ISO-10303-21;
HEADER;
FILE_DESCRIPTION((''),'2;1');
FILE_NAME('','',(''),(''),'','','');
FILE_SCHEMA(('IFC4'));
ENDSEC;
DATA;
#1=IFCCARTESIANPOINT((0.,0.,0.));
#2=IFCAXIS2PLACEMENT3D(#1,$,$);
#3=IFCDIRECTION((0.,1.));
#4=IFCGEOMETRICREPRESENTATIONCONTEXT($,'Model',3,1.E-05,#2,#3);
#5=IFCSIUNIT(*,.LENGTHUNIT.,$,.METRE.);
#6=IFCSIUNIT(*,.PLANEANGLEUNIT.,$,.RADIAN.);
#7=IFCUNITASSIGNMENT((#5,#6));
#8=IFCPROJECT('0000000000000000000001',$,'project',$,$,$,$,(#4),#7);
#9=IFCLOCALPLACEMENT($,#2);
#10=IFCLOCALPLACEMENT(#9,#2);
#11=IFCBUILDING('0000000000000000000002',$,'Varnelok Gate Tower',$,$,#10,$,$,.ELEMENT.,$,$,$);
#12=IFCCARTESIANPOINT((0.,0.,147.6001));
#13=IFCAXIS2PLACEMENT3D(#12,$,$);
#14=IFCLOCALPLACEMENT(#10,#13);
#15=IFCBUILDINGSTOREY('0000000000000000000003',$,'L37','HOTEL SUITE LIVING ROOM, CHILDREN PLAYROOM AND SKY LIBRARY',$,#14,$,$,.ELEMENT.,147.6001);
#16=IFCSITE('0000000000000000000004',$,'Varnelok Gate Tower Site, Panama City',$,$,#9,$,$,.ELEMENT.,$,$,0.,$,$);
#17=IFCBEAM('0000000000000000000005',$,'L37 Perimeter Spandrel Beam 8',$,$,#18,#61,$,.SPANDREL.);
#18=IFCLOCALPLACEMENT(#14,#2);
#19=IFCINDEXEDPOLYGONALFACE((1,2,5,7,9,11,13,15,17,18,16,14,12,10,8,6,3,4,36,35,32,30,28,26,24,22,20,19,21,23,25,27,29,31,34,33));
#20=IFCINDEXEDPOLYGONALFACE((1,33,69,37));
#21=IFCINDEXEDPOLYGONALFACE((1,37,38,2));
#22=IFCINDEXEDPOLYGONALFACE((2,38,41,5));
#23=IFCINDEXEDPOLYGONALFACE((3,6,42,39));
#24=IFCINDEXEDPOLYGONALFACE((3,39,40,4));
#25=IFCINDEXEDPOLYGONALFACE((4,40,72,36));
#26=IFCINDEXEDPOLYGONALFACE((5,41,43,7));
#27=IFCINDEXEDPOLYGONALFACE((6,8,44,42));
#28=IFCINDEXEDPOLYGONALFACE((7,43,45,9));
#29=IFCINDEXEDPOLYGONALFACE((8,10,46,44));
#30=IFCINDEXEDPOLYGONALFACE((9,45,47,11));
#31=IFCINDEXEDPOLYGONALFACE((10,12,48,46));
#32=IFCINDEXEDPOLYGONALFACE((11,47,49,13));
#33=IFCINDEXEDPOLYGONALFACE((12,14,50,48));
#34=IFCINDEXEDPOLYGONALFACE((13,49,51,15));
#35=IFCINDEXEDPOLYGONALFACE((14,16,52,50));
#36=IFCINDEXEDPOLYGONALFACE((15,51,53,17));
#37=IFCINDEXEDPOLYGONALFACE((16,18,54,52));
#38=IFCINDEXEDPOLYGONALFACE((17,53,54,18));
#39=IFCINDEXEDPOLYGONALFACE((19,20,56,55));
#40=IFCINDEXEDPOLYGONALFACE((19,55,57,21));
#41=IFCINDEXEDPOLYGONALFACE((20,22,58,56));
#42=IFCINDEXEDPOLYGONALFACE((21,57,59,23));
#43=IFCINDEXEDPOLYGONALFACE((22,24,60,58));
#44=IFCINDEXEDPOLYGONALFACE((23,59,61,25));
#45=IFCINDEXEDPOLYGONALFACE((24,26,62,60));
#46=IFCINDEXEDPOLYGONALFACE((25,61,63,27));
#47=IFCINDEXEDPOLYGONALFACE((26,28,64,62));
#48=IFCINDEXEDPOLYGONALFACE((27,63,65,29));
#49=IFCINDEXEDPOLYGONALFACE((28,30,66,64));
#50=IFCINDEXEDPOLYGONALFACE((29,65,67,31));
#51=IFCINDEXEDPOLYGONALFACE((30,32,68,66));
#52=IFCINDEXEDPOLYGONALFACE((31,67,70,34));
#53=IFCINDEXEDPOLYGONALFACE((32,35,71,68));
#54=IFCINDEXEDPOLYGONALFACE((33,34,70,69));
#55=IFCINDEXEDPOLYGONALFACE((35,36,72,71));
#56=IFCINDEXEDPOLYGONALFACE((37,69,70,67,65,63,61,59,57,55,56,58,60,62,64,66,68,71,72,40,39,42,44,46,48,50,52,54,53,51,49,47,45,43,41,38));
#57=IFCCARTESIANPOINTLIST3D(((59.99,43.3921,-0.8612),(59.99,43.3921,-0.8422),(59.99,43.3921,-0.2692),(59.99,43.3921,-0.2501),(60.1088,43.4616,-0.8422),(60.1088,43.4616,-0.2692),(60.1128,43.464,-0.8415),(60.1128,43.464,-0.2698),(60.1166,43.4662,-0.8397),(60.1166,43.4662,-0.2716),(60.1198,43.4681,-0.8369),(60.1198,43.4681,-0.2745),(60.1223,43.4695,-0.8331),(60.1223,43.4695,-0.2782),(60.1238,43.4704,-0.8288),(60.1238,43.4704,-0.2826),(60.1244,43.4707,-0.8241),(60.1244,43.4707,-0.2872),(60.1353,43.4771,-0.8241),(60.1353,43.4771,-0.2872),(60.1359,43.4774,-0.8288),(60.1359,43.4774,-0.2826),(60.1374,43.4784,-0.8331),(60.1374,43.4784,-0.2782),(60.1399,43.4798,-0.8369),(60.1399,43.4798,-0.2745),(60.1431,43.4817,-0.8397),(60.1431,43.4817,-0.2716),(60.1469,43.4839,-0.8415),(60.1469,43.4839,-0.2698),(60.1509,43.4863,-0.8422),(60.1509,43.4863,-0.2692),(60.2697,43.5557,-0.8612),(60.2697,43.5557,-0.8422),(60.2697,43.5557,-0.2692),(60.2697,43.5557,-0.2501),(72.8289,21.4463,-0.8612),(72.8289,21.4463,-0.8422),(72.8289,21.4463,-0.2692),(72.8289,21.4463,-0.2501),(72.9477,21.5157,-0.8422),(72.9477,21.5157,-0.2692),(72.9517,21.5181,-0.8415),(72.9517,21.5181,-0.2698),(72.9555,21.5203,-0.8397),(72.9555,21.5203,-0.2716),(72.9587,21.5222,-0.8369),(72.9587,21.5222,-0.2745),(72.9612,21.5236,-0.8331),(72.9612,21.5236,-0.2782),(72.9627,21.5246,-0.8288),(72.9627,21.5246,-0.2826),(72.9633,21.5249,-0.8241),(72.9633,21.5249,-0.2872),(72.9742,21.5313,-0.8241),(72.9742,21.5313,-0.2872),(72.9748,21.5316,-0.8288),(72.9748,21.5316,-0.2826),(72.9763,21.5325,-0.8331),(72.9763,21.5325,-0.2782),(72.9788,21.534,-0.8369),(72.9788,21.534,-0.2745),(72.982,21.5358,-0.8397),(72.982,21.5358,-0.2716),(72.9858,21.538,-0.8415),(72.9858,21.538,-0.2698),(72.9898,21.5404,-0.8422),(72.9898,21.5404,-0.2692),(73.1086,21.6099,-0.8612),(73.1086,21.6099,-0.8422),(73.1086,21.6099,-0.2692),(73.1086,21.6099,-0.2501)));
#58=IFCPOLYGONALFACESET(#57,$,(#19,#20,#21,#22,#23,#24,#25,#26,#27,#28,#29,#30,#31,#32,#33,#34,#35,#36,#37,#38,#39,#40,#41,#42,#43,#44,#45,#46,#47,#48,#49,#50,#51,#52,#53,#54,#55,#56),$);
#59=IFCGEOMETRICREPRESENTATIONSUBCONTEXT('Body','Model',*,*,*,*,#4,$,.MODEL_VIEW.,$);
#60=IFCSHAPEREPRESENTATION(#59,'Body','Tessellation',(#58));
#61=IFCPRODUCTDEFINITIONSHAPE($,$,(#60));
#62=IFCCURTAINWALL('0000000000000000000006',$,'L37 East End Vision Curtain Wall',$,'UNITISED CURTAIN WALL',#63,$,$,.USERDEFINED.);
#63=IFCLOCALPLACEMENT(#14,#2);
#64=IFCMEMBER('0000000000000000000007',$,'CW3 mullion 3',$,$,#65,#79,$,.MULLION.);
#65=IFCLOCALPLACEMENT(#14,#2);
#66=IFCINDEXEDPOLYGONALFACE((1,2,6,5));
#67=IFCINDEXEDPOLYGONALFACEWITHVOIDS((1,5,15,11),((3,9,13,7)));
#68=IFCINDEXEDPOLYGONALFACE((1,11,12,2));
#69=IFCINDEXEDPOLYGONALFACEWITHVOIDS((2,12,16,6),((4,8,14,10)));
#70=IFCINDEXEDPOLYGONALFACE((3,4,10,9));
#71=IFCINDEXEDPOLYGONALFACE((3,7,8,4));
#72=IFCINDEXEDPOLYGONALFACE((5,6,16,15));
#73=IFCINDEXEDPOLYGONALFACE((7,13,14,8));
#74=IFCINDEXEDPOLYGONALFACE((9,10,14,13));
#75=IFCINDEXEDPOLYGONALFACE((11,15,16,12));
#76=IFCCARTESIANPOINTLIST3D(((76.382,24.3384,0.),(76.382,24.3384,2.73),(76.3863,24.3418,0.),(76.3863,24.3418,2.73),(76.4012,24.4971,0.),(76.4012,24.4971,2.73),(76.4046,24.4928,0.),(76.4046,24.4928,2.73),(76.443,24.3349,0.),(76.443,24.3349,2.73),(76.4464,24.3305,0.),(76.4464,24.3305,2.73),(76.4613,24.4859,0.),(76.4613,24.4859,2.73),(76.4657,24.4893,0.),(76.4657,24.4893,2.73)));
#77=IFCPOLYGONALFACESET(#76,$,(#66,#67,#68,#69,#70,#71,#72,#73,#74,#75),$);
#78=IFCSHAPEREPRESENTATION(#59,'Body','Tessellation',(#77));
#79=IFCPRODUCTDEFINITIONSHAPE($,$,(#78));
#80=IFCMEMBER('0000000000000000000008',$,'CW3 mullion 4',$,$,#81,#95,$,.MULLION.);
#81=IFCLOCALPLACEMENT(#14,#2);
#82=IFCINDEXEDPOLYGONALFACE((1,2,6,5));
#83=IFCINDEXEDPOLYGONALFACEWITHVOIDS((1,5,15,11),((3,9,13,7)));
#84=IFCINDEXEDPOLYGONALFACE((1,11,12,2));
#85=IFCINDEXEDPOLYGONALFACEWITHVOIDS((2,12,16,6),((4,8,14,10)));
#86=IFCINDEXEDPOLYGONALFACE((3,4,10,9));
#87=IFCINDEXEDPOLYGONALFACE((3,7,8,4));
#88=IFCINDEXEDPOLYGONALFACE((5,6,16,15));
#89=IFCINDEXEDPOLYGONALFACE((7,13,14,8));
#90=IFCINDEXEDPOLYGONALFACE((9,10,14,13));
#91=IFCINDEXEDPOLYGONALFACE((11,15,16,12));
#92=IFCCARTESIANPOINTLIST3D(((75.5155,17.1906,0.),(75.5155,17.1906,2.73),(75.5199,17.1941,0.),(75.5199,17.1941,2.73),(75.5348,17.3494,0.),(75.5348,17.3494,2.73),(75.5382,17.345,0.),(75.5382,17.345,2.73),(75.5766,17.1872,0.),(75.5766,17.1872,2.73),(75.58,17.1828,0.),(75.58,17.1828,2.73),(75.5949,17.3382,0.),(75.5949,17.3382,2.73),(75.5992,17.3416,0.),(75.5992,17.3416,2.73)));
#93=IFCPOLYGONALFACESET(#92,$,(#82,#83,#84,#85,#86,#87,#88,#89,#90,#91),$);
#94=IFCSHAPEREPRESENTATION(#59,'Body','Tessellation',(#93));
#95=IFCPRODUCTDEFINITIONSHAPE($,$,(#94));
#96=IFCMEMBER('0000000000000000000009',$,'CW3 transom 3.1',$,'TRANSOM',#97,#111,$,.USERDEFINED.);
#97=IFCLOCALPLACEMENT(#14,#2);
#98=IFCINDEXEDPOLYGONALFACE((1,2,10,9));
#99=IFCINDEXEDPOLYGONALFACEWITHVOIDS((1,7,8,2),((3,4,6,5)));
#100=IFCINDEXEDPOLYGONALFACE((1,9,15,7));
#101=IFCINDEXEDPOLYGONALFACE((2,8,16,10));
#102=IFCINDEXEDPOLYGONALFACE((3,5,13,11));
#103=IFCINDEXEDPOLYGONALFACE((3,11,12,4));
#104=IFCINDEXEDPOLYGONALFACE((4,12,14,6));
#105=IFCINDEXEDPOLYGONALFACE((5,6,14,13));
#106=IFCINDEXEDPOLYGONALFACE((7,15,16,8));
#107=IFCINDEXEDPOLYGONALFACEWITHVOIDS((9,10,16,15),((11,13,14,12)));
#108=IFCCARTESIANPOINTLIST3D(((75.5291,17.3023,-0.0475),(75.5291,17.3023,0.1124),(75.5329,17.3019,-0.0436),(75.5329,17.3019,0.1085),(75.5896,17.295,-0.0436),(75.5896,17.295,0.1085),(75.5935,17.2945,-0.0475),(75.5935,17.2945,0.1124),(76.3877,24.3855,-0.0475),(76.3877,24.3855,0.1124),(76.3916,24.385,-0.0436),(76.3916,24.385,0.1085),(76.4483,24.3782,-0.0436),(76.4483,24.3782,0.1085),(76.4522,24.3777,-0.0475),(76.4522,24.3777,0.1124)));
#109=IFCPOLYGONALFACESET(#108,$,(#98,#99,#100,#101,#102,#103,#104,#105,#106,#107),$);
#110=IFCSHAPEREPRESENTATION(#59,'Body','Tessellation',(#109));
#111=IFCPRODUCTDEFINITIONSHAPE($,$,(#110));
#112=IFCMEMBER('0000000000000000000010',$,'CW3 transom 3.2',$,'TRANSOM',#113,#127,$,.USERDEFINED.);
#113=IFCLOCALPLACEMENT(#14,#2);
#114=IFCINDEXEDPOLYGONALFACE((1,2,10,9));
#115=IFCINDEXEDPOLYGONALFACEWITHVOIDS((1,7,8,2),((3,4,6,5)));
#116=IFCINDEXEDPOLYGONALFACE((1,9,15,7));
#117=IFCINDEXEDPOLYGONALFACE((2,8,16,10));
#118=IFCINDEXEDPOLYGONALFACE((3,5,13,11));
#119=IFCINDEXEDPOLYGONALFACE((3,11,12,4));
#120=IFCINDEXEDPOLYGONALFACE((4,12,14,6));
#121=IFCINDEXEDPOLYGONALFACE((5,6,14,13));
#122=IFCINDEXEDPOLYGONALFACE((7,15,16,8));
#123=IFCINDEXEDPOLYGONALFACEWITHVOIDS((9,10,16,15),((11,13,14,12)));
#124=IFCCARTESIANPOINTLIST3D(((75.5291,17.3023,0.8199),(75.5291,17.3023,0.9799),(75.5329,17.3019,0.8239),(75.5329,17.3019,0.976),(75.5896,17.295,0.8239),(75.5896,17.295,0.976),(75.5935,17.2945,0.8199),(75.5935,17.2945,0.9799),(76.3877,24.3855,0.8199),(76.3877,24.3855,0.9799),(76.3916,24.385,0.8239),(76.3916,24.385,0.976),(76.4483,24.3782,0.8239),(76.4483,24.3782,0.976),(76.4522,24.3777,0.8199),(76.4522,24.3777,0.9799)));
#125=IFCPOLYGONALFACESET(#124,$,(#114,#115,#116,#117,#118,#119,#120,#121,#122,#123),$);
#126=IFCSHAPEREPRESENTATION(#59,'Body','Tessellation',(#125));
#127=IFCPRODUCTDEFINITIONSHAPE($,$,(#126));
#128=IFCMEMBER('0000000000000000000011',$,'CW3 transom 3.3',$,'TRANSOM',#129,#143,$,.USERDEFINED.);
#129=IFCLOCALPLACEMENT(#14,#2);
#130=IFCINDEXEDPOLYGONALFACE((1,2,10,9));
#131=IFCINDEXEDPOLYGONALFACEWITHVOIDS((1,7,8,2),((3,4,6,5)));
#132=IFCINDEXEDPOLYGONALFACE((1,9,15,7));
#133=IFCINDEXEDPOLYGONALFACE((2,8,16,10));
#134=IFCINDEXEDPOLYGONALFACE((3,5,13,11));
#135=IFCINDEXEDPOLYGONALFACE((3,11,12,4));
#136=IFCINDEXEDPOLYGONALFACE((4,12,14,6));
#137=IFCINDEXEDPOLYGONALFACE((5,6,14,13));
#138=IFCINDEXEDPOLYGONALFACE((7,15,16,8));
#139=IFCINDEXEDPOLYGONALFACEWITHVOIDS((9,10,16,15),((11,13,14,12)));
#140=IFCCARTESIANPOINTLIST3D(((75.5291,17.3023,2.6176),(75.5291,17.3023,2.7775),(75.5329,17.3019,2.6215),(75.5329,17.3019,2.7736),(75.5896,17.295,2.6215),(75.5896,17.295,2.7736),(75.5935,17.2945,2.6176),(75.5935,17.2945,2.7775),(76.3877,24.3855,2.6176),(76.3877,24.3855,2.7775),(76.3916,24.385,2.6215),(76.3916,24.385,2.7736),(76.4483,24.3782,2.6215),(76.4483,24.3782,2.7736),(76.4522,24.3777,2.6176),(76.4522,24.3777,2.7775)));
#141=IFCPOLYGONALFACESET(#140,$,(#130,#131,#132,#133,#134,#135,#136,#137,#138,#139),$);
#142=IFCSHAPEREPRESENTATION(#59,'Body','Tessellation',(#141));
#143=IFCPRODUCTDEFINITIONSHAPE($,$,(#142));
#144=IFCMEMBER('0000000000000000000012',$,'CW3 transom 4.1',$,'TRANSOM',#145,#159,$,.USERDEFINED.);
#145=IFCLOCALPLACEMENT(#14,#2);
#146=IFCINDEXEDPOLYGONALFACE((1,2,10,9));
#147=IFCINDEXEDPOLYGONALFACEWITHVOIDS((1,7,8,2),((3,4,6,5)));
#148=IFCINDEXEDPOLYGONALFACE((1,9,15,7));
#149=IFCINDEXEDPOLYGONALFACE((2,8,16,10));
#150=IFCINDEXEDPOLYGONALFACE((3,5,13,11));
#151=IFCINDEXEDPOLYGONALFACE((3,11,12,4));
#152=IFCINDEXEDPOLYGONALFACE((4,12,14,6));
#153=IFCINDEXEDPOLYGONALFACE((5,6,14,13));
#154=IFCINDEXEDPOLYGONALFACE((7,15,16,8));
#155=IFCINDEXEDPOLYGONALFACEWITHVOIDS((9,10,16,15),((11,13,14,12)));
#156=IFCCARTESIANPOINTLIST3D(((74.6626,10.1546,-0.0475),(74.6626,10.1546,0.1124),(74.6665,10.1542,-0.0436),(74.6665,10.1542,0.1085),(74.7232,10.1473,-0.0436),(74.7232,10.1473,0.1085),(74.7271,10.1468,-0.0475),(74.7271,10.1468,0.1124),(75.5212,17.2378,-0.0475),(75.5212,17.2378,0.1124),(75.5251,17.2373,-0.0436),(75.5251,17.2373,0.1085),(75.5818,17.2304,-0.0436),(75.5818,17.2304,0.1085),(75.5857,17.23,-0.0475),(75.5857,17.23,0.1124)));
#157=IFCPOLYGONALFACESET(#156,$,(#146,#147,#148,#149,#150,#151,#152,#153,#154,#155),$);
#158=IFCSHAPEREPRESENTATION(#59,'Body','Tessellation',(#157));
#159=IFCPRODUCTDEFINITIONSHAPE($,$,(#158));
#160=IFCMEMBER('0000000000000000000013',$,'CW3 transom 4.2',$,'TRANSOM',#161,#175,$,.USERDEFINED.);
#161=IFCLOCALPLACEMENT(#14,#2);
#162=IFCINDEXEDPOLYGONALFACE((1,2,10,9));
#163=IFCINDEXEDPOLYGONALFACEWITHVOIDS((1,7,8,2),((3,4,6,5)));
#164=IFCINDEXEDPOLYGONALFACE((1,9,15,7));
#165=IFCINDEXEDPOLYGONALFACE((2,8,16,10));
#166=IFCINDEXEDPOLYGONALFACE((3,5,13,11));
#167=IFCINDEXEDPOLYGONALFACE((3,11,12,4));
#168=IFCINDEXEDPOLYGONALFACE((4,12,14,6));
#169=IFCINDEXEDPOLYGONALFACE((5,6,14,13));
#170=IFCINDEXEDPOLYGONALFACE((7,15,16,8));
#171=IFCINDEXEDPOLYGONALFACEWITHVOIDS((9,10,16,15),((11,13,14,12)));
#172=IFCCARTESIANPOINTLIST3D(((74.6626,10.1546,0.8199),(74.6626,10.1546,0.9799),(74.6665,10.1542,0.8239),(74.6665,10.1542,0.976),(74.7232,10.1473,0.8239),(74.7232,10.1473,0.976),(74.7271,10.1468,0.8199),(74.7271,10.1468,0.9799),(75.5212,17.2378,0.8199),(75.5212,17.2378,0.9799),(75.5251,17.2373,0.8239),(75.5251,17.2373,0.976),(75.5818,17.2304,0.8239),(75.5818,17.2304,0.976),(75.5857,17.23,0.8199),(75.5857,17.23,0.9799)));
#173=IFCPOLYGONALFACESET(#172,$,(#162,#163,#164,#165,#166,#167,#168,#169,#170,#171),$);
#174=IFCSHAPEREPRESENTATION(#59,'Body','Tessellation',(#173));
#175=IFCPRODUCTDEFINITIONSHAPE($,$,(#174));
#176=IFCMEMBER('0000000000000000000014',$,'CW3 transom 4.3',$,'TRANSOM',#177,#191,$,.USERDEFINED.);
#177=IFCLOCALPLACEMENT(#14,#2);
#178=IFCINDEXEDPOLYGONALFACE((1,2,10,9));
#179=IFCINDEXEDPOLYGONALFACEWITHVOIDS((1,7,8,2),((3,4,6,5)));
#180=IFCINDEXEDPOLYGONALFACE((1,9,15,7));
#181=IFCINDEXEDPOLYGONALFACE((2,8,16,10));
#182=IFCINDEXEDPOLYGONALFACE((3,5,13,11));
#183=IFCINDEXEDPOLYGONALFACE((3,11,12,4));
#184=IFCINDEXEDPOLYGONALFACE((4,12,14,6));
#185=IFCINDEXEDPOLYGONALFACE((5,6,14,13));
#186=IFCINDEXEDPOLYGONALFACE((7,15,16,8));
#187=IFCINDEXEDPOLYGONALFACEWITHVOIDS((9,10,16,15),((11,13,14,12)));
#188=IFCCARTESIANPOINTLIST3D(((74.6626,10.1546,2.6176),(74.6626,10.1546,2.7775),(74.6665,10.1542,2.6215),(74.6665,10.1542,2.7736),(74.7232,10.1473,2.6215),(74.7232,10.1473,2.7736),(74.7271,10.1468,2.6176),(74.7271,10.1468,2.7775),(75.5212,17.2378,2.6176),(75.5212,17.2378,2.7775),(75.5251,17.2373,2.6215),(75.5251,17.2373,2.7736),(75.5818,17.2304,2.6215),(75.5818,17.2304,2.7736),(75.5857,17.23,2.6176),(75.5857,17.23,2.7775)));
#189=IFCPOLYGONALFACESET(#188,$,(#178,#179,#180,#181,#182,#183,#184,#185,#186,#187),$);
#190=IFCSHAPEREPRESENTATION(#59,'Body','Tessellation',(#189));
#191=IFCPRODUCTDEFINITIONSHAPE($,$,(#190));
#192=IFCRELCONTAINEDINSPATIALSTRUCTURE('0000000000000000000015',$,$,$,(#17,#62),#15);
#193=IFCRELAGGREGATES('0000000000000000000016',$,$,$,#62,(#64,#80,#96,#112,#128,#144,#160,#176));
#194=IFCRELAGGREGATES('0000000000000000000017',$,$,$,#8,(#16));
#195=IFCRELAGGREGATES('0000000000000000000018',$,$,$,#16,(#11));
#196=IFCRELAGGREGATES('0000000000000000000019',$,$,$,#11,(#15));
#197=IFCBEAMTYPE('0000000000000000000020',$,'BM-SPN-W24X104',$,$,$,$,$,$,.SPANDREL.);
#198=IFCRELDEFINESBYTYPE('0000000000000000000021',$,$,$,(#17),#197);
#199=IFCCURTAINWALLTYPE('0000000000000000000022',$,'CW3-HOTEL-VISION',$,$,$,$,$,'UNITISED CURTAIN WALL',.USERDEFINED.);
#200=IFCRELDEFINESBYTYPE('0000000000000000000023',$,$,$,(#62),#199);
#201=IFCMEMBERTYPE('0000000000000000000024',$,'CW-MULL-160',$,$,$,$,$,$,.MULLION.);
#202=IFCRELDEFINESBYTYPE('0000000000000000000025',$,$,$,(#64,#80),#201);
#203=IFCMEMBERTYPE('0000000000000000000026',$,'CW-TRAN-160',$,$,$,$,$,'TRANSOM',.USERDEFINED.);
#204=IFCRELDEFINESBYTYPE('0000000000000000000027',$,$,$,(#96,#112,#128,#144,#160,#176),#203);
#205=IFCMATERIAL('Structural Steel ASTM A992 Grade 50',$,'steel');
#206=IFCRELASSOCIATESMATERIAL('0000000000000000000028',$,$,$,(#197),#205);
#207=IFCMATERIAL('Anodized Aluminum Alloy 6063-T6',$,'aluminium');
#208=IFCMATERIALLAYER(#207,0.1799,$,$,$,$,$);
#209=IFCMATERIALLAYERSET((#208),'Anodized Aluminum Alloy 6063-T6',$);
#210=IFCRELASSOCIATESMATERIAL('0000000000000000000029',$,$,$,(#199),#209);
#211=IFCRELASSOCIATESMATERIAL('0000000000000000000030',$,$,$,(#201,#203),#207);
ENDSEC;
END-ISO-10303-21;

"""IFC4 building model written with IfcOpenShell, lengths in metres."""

from ifc_helpers import new_model, si_unit, direction, frame, origin, origin_2d, place, context, subcontext, project, spatial, hollow_rectangle, i_section, extrude, material, layer, layer_set, material_profile, profile_set, type_object, element, aggregate, save


model = new_model("IFC4")

# Units and contexts
model_context = context("Model", 3, precision=1e-05, world=origin(), true_north=direction((0.0, 1.0)))
body_context = subcontext(model_context, "Body", "Model", "MODEL_VIEW")
ifc_project = project(units=[si_unit("LENGTHUNIT", "METRE"), si_unit("PLANEANGLEUNIT", "RADIAN")], contexts=[model_context])

# Site, building, storey
site_placement = place(None, origin())
site = spatial("IfcSite", under=ifc_project, at=site_placement, Name="Varnelok Gate Tower Site, Panama City", CompositionType="ELEMENT", RefElevation=0.0)
building_placement = place(site_placement, origin())
building = spatial("IfcBuilding", under=site, at=building_placement, Name="Varnelok Gate Tower", CompositionType="ELEMENT")
storey_placement = place(building_placement, frame((0.0, 0.0, 147.6001)))
storey = spatial("IfcBuildingStorey", under=building, at=storey_placement, Name="L37", Description="HOTEL SUITE LIVING ROOM, CHILDREN PLAYROOM AND SKY LIBRARY", CompositionType="ELEMENT", Elevation=147.6001)

# Shared definitions
ifc_material_1 = material(Name="Structural Steel ASTM A992 Grade 50", Category="steel")

# Beam
ifc_material_profile_1 = material_profile(ifc_material_1, i_section(OverallWidth=0.324, OverallDepth=0.6111, WebThickness=0.0127, FlangeThickness=0.019, FilletRadius=0.0181, at=origin_2d()), Name="W24X104")
ifc_profile_set_1 = profile_set([ifc_material_profile_1], Name="Structural Steel ASTM A992 Grade 50")
beam_type_1 = type_object("IfcBeamType", Name="BM-SPN-W24X104", PredefinedType="SPANDREL", material=ifc_profile_set_1)
beam_1_placement = place(storey_placement, frame((72.9688, 21.5281, -0.5557), z_axis=(-0.504961, 0.863142, 0.0), x_axis=(-0.863142, -0.504961, 0.0)))
element("IfcBeam", 1, at=beam_1_placement, inside=storey, type_object=beam_type_1, Name="L37 Perimeter Spandrel Beam 8", PredefinedType="SPANDREL", context=body_context, shape_type="SweptSolid", body=[
    extrude(i_section(OverallWidth=0.324, OverallDepth=0.6111, WebThickness=0.0127, FlangeThickness=0.019, FilletRadius=0.0181, at=origin_2d()), origin(), (0.0, 0.0, 1.0), 25.4255),
])

# Curtain wall, members
ifc_material_2 = material(Name="Anodized Aluminum Alloy 6063-T6", Category="aluminium")
ifc_layer_1 = layer(ifc_material_2, 0.1799)
ifc_layer_set_1 = layer_set([ifc_layer_1], Name="Anodized Aluminum Alloy 6063-T6")
curtain_wall_type = type_object("IfcCurtainWallType", Name="CW3-HOTEL-VISION", ElementType="UNITISED CURTAIN WALL", PredefinedType="USERDEFINED", material=ifc_layer_set_1)
curtain_wall_placement = place(storey_placement, origin())
curtain_wall = element("IfcCurtainWall", 2, at=curtain_wall_placement, inside=storey, type_object=curtain_wall_type, Name="L37 East End Vision Curtain Wall", ObjectType="UNITISED CURTAIN WALL", PredefinedType="USERDEFINED")
ifc_material_profile_2 = material_profile(ifc_material_2, hollow_rectangle(XDim=0.0649, YDim=0.1599, WallThickness=0.0039, at=origin_2d()), Name="ALU160X65X4")
ifc_profile_set_2 = profile_set([ifc_material_profile_2], Name="Anodized Aluminum Alloy 6063-T6")
member_type_1 = type_object("IfcMemberType", Name="CW-MULL-160", PredefinedType="MULLION", material=ifc_profile_set_2)
member_1_placement = place(storey_placement, frame((76.4238, 24.4138, 0.0), z_axis=(0.0, 0.0, 1.0), x_axis=(0.992732, -0.120347, 0.0)))
member_1 = element("IfcMember", 3, at=member_1_placement, type_object=member_type_1, Name="CW3 mullion 3", PredefinedType="MULLION", context=body_context, shape_type="SweptSolid", body=[
    extrude(hollow_rectangle(XDim=0.0649, YDim=0.1599, WallThickness=0.0039, at=origin_2d()), origin(), (0.0, 0.0, 1.0), 2.73),
])
member_2_placement = place(storey_placement, frame((75.5574, 17.2661, 0.0), z_axis=(0.0, 0.0, 1.0), x_axis=(0.992732, -0.120347, 0.0)))
member_2 = element("IfcMember", 4, at=member_2_placement, type_object=member_type_1, Name="CW3 mullion 4", PredefinedType="MULLION", context=body_context, shape_type="SweptSolid", body=[
    extrude(hollow_rectangle(XDim=0.0649, YDim=0.1599, WallThickness=0.0039, at=origin_2d()), origin(), (0.0, 0.0, 1.0), 2.73),
])
ifc_material_profile_3 = material_profile(ifc_material_2, hollow_rectangle(XDim=0.0649, YDim=0.1599, WallThickness=0.0039, at=origin_2d()), Name="ALU160X65X4")
ifc_profile_set_3 = profile_set([ifc_material_profile_3], Name="Anodized Aluminum Alloy 6063-T6")
member_type_2 = type_object("IfcMemberType", Name="CW-TRAN-160", ElementType="TRANSOM", PredefinedType="USERDEFINED", material=ifc_profile_set_3)
member_3_placement = place(storey_placement, frame((76.4199, 24.3816, 0.0325), z_axis=(-0.120341, -0.992733, 0.0), x_axis=(0.992733, -0.120341, 0.0)))
member_3 = element("IfcMember", 5, at=member_3_placement, type_object=member_type_2, Name="CW3 transom 3.1", ObjectType="TRANSOM", PredefinedType="USERDEFINED", context=body_context, shape_type="SweptSolid", body=[
    extrude(hollow_rectangle(XDim=0.0649, YDim=0.1599, WallThickness=0.0039, at=origin_2d()), origin(), (0.0, 0.0, 1.0), 7.135),
])
member_4_placement = place(storey_placement, frame((76.4199, 24.3816, 0.8999), z_axis=(-0.120341, -0.992733, 0.0), x_axis=(0.992733, -0.120341, 0.0)))
member_4 = element("IfcMember", 6, at=member_4_placement, type_object=member_type_2, Name="CW3 transom 3.2", ObjectType="TRANSOM", PredefinedType="USERDEFINED", context=body_context, shape_type="SweptSolid", body=[
    extrude(hollow_rectangle(XDim=0.0649, YDim=0.1599, WallThickness=0.0039, at=origin_2d()), origin(), (0.0, 0.0, 1.0), 7.135),
])
member_5_placement = place(storey_placement, frame((76.4199, 24.3816, 2.6975), z_axis=(-0.120341, -0.992733, 0.0), x_axis=(0.992733, -0.120341, 0.0)))
member_5 = element("IfcMember", 7, at=member_5_placement, type_object=member_type_2, Name="CW3 transom 3.3", ObjectType="TRANSOM", PredefinedType="USERDEFINED", context=body_context, shape_type="SweptSolid", body=[
    extrude(hollow_rectangle(XDim=0.0649, YDim=0.1599, WallThickness=0.0039, at=origin_2d()), origin(), (0.0, 0.0, 1.0), 7.135),
])
member_6_placement = place(storey_placement, frame((75.5535, 17.2339, 0.0325), z_axis=(-0.120341, -0.992733, 0.0), x_axis=(0.992733, -0.120341, 0.0)))
member_6 = element("IfcMember", 8, at=member_6_placement, type_object=member_type_2, Name="CW3 transom 4.1", ObjectType="TRANSOM", PredefinedType="USERDEFINED", context=body_context, shape_type="SweptSolid", body=[
    extrude(hollow_rectangle(XDim=0.0649, YDim=0.1599, WallThickness=0.0039, at=origin_2d()), origin(), (0.0, 0.0, 1.0), 7.135),
])
member_7_placement = place(storey_placement, frame((75.5535, 17.2339, 0.8999), z_axis=(-0.120341, -0.992733, 0.0), x_axis=(0.992733, -0.120341, 0.0)))
member_7 = element("IfcMember", 9, at=member_7_placement, type_object=member_type_2, Name="CW3 transom 4.2", ObjectType="TRANSOM", PredefinedType="USERDEFINED", context=body_context, shape_type="SweptSolid", body=[
    extrude(hollow_rectangle(XDim=0.0649, YDim=0.1599, WallThickness=0.0039, at=origin_2d()), origin(), (0.0, 0.0, 1.0), 7.135),
])
member_8_placement = place(storey_placement, frame((75.5535, 17.2339, 2.6975), z_axis=(-0.120341, -0.992733, 0.0), x_axis=(0.992733, -0.120341, 0.0)))
member_8 = element("IfcMember", 10, at=member_8_placement, type_object=member_type_2, Name="CW3 transom 4.3", ObjectType="TRANSOM", PredefinedType="USERDEFINED", context=body_context, shape_type="SweptSolid", body=[
    extrude(hollow_rectangle(XDim=0.0649, YDim=0.1599, WallThickness=0.0039, at=origin_2d()), origin(), (0.0, 0.0, 1.0), 7.135),
])
aggregate(curtain_wall, [member_1, member_2, member_3, member_4, member_5, member_6, member_7, member_8])

save(model, "model.ifc")
